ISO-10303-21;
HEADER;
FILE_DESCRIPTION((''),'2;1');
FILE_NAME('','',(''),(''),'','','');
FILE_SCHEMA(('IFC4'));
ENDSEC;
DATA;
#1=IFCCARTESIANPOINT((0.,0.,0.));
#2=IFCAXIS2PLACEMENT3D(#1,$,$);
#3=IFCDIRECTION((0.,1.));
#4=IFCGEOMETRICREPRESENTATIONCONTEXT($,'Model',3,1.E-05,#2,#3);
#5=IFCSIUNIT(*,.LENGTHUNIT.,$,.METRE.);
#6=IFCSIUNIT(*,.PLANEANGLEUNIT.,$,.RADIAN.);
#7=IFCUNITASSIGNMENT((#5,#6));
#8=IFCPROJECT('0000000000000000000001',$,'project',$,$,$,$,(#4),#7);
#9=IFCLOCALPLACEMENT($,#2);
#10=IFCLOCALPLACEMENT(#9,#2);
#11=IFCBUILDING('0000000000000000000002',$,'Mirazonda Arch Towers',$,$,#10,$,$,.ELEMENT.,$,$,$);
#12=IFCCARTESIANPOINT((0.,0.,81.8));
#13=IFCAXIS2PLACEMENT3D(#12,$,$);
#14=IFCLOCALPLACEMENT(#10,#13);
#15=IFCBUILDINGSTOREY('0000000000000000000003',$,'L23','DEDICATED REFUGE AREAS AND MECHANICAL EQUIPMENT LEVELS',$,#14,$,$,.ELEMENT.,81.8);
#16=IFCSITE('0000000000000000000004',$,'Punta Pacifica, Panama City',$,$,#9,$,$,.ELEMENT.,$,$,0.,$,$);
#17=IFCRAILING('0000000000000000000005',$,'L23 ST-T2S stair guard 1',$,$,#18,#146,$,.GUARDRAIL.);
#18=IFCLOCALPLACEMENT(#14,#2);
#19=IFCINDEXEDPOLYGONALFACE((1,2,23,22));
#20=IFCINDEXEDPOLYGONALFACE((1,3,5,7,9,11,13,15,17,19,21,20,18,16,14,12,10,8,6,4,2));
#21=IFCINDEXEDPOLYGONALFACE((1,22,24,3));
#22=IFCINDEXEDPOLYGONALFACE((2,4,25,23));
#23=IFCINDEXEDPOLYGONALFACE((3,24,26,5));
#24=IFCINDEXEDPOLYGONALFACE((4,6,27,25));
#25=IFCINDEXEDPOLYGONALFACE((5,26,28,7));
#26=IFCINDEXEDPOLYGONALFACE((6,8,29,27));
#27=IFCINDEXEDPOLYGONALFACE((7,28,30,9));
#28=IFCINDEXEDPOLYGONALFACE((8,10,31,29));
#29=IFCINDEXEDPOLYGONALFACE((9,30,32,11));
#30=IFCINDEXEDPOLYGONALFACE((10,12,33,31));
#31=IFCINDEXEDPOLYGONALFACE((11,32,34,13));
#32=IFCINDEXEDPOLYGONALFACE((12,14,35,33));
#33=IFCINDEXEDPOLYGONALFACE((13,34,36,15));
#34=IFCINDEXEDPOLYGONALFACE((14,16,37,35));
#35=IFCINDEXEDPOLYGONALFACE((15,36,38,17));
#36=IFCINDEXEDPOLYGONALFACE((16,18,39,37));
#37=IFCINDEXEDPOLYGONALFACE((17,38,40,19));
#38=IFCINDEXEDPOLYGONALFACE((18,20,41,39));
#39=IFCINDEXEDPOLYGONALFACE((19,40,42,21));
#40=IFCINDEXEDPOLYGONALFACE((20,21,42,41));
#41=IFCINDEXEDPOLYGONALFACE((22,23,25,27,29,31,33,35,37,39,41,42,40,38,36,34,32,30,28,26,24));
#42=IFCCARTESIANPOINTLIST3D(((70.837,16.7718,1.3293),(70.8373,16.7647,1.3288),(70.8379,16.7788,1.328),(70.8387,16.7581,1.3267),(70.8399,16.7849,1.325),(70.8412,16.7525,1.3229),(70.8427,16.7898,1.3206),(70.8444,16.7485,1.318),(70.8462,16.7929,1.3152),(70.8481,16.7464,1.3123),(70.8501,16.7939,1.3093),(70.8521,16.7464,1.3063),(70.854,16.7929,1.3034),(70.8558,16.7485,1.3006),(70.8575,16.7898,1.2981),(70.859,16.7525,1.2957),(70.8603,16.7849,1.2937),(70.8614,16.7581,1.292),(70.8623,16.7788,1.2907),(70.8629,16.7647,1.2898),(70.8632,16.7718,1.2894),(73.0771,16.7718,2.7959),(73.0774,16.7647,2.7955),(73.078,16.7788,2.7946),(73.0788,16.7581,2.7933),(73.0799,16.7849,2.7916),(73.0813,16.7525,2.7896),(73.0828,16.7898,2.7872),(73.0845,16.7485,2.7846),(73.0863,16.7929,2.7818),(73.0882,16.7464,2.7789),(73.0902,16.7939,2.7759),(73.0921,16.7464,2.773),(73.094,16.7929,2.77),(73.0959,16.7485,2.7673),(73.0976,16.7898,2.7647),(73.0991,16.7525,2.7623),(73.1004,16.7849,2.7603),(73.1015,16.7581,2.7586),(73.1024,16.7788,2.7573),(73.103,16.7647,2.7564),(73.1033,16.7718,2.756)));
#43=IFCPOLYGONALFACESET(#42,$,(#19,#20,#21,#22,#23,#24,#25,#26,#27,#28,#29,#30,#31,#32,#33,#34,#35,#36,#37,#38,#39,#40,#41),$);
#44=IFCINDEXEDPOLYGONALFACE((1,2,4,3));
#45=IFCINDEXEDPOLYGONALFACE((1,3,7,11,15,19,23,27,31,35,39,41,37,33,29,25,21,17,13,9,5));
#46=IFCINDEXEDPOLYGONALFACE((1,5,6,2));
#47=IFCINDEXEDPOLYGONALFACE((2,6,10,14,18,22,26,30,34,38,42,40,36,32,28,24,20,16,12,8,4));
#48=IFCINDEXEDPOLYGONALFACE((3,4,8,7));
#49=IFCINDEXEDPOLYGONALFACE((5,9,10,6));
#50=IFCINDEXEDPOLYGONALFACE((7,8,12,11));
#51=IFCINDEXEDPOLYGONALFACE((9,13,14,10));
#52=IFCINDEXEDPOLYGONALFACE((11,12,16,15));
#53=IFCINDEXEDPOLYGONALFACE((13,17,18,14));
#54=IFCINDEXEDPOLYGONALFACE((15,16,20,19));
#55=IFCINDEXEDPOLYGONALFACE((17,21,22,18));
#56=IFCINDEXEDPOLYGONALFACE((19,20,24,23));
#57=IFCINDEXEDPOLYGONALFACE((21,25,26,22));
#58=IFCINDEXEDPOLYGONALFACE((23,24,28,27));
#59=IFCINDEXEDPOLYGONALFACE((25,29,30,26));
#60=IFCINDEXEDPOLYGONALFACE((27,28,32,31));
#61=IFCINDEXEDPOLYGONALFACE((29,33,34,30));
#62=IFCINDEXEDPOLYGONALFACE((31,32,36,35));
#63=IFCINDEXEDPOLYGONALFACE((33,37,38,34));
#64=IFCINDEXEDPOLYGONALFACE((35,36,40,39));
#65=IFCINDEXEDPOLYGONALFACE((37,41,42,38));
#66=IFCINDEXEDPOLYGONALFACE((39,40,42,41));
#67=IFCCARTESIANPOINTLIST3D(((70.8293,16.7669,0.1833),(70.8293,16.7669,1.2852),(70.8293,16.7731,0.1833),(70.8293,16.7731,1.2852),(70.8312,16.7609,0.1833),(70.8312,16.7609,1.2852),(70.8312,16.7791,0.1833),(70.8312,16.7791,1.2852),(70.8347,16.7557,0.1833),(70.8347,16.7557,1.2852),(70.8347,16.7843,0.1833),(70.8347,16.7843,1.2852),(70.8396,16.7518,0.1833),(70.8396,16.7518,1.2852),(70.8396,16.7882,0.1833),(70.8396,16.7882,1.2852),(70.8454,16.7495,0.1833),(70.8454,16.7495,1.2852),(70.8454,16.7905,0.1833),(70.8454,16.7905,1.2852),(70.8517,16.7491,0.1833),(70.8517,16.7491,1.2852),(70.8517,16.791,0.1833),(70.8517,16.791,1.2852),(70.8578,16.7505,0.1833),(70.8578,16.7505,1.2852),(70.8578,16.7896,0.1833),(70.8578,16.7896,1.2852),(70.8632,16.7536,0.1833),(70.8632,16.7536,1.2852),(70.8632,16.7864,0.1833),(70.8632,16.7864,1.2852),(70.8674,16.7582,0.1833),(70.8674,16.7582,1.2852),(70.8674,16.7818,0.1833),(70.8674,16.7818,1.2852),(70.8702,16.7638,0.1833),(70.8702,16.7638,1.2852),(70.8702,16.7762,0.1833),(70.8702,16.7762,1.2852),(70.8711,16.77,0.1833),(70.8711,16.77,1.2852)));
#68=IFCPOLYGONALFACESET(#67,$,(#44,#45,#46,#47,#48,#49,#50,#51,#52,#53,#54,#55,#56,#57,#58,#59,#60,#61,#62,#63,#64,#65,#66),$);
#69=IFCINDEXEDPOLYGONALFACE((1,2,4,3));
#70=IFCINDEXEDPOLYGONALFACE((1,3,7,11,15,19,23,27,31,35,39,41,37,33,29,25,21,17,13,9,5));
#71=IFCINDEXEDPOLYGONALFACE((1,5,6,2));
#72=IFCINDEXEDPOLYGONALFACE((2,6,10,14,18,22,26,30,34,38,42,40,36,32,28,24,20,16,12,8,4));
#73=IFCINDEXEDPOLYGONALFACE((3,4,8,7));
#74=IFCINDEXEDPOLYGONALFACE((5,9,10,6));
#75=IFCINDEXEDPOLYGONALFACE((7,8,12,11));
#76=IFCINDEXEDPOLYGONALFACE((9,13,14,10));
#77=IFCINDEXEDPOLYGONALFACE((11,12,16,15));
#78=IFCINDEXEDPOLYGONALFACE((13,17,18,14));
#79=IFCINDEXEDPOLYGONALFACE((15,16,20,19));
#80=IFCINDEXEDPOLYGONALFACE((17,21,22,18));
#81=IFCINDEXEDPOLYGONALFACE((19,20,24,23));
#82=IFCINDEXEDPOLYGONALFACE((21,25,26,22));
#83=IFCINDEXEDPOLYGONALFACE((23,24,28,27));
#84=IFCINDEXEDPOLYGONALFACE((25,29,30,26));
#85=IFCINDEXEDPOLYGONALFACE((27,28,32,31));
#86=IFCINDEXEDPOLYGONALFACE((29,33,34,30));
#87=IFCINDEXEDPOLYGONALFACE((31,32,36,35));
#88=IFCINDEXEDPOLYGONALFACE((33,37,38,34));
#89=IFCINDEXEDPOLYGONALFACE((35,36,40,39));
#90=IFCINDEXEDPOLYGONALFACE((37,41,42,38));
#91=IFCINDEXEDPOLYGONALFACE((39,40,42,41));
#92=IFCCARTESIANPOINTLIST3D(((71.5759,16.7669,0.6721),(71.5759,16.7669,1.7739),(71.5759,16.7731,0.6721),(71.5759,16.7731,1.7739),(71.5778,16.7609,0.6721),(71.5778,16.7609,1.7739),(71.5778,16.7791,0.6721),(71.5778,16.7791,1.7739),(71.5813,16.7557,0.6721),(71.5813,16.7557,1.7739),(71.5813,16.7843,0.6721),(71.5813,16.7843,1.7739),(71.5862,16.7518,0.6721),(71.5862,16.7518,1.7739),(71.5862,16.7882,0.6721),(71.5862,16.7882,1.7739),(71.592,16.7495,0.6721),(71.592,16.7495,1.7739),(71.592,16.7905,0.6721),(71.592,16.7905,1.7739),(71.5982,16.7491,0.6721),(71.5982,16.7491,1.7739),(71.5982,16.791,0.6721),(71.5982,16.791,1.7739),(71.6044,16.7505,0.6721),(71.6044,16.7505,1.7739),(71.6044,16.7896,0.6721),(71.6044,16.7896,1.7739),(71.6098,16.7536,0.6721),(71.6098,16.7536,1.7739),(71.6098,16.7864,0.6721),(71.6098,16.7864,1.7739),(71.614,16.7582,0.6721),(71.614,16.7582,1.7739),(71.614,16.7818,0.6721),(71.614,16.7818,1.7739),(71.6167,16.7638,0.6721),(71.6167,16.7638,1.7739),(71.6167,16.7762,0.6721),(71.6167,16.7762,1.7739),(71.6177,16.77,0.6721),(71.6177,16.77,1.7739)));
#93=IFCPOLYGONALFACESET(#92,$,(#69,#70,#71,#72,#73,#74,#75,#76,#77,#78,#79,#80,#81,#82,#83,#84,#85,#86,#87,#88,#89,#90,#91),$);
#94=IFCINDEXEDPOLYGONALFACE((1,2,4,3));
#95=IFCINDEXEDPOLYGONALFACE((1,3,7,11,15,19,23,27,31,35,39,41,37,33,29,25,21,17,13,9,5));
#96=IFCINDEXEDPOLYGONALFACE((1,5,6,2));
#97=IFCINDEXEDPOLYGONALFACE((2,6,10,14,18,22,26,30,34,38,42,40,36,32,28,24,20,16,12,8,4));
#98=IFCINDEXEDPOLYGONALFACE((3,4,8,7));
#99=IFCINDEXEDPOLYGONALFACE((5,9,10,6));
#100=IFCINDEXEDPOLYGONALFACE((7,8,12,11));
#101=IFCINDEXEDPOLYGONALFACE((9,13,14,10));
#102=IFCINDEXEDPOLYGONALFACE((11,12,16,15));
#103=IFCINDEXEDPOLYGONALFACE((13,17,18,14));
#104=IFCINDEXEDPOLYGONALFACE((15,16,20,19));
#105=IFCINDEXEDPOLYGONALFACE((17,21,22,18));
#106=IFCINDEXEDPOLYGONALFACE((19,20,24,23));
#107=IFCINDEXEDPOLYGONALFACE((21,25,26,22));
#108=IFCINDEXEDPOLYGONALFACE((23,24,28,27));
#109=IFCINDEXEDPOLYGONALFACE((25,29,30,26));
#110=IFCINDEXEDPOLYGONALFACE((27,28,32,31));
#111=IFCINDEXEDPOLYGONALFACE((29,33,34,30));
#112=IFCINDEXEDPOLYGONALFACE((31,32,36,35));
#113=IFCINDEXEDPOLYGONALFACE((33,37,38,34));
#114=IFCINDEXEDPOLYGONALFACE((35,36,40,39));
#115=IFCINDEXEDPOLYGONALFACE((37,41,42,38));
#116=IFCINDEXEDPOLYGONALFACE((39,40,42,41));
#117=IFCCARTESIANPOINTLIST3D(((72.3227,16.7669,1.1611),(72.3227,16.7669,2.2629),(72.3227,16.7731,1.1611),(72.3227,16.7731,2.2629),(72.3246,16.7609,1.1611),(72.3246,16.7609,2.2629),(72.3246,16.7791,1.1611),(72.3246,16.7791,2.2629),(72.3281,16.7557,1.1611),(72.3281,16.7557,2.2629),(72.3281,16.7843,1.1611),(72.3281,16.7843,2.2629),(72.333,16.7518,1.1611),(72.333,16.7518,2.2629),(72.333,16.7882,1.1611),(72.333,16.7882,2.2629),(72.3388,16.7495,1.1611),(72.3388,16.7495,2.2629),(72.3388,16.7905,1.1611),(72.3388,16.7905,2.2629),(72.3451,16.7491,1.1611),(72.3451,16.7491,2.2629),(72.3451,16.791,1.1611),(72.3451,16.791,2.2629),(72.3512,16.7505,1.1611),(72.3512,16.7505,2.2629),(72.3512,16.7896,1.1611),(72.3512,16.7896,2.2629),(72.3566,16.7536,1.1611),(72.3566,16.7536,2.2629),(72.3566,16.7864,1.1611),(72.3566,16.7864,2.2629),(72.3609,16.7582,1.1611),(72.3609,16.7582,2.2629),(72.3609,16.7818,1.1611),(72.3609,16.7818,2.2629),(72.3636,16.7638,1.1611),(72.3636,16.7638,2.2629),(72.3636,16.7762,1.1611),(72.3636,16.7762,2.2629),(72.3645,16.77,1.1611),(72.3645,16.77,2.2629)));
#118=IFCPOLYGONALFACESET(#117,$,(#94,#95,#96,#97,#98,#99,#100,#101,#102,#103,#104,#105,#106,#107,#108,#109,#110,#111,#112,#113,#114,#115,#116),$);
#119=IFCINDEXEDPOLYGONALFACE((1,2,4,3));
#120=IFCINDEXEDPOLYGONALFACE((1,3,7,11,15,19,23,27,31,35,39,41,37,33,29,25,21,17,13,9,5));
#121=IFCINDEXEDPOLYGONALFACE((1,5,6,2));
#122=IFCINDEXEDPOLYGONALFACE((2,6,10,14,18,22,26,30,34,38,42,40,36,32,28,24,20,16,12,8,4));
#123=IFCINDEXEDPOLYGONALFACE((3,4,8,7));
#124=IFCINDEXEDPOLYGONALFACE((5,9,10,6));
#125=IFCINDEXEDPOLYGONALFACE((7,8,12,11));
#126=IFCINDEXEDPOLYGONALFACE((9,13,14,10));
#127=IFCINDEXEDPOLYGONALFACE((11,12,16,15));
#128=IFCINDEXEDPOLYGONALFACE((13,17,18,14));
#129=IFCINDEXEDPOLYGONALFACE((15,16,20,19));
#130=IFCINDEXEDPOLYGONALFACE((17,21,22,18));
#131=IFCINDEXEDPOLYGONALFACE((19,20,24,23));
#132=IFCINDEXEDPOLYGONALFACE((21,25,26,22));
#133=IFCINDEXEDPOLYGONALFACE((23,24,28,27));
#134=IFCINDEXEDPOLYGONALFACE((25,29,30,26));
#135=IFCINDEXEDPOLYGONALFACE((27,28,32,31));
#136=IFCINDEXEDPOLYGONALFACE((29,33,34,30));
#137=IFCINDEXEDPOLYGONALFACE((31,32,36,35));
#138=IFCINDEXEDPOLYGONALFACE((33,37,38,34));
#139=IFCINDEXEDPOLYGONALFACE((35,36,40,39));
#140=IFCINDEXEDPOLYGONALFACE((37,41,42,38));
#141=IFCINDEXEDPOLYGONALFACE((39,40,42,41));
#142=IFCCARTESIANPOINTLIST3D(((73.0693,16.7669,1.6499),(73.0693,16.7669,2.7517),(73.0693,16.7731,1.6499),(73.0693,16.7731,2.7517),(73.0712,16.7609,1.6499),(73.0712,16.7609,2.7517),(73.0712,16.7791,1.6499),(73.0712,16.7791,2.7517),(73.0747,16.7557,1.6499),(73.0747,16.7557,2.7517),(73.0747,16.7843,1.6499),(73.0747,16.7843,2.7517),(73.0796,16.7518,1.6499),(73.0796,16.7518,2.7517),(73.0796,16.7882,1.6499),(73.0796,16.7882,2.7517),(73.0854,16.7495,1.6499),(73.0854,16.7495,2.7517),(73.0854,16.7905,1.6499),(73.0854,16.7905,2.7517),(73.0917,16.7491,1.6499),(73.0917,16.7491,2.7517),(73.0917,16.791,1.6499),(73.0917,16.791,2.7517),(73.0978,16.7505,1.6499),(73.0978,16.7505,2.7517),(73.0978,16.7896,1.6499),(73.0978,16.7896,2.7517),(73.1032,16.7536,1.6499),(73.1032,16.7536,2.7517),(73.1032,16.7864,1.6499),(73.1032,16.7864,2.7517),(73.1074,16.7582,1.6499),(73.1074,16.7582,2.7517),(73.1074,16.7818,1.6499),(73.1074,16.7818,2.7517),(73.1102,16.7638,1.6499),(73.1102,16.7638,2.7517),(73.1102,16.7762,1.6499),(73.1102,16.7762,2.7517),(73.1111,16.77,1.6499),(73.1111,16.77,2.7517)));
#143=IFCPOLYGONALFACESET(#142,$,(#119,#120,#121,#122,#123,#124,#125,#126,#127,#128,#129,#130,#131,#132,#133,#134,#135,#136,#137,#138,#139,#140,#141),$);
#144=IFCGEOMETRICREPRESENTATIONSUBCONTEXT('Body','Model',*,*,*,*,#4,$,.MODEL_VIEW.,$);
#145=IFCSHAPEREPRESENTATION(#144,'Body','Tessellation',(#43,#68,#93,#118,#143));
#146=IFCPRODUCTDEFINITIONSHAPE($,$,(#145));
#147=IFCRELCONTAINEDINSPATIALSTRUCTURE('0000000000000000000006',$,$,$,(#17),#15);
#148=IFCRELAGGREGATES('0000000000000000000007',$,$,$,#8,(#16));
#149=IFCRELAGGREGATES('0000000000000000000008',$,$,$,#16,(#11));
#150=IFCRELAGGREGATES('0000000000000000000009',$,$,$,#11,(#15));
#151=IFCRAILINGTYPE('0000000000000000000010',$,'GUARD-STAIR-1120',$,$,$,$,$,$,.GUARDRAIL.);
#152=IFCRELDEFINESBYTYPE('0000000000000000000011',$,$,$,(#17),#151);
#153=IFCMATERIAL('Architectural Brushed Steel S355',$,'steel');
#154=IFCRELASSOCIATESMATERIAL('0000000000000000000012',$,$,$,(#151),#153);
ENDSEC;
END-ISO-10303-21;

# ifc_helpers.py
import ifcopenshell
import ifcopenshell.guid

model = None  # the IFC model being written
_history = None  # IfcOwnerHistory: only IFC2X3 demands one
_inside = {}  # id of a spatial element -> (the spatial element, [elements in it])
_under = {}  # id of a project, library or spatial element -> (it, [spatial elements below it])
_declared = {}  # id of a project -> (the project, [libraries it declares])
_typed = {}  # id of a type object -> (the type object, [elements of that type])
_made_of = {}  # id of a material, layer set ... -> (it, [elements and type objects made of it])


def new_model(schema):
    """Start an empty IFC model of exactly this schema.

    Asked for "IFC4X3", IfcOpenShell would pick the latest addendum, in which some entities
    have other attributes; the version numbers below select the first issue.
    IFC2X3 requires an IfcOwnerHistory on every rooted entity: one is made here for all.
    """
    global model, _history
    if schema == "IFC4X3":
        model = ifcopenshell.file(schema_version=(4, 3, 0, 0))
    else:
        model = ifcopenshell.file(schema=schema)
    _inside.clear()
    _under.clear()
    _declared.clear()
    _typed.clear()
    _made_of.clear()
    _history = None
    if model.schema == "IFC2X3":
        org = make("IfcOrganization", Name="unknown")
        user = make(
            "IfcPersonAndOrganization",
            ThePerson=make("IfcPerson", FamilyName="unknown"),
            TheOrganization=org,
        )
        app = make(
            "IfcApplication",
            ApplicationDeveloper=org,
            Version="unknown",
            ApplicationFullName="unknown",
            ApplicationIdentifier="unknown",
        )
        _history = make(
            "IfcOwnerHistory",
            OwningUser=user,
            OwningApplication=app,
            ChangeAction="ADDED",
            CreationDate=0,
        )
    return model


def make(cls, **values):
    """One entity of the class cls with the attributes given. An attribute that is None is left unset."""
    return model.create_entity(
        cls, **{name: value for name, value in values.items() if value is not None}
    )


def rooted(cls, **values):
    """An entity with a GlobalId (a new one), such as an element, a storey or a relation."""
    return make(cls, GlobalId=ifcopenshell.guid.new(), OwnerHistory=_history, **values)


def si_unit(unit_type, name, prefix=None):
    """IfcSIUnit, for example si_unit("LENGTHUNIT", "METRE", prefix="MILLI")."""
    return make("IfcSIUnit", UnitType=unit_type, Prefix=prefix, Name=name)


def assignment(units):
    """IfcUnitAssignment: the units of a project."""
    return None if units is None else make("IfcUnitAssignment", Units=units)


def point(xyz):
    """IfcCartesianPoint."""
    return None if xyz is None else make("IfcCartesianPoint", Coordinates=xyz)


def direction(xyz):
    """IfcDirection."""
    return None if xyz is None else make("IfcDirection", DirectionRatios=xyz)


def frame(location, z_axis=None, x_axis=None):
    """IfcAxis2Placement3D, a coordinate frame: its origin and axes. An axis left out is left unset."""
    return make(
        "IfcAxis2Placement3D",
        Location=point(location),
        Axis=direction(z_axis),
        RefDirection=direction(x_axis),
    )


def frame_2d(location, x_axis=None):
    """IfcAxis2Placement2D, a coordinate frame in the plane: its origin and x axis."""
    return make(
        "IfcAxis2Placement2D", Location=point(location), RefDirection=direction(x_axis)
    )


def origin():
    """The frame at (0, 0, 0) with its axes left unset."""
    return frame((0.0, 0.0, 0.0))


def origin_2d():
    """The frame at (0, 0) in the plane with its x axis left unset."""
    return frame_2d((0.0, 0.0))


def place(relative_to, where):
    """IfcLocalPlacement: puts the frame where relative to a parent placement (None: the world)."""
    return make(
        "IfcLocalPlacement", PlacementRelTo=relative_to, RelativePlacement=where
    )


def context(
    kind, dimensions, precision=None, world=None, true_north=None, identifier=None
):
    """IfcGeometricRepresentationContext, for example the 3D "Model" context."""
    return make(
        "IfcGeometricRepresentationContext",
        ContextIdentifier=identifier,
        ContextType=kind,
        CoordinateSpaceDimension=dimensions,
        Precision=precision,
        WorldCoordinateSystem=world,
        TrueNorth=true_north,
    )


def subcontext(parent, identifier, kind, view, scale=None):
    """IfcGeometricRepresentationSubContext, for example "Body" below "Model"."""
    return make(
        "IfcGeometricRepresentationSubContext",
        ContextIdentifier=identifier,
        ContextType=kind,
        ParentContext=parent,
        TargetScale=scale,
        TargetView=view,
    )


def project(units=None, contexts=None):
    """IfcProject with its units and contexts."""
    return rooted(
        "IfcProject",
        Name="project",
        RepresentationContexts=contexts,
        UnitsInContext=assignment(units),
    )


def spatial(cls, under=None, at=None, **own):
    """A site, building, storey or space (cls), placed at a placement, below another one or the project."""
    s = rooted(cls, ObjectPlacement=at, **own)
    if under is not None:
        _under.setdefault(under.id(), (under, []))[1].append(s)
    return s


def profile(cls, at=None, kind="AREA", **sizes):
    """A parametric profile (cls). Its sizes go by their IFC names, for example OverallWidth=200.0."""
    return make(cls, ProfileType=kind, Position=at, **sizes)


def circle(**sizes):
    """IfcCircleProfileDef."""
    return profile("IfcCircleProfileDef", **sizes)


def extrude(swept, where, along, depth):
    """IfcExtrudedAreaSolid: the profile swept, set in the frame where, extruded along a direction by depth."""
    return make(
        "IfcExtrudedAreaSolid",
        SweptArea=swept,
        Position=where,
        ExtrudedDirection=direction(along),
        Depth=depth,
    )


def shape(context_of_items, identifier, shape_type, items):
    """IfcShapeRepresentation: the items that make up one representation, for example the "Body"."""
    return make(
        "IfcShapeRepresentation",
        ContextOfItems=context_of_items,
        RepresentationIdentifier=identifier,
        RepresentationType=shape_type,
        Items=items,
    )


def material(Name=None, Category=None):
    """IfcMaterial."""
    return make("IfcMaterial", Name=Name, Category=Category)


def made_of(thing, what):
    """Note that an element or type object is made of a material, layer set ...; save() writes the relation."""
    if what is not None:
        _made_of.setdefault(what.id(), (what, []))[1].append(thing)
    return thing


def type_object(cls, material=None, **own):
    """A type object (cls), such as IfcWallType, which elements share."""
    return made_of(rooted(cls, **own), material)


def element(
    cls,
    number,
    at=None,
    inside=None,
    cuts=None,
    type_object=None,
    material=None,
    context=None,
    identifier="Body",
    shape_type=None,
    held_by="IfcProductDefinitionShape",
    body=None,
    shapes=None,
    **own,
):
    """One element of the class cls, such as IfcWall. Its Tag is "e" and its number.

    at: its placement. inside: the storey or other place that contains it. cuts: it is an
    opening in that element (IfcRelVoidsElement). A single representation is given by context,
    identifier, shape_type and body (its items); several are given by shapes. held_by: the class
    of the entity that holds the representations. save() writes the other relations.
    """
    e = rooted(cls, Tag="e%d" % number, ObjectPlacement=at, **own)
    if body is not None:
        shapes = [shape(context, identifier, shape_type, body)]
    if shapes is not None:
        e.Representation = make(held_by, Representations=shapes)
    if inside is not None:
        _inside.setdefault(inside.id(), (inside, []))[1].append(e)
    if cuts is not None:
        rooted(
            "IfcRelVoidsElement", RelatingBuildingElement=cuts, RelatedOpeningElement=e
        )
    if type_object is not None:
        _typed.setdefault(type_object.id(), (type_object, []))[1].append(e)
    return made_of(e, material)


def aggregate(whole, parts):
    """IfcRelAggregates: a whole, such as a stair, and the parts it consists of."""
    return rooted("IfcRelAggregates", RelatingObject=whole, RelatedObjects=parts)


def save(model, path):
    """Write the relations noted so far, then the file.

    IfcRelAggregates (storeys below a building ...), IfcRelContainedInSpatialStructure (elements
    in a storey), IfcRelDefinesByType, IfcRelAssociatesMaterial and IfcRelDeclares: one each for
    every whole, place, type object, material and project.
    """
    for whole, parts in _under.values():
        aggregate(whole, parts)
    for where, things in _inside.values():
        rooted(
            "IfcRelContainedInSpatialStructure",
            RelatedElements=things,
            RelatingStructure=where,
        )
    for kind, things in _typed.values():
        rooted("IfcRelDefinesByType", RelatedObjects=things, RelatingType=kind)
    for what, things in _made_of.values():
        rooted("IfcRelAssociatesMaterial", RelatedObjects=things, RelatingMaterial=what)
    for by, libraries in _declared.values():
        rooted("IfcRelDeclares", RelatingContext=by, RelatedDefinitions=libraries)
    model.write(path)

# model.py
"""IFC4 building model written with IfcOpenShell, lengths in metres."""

from ifc_helpers import new_model, si_unit, direction, frame, origin, origin_2d, place, context, subcontext, project, spatial, circle, extrude, material, type_object, element, save


model = new_model("IFC4")

# Units and contexts
model_context = context("Model", 3, precision=1e-05, world=origin(), true_north=direction((0.0, 1.0)))
body_context = subcontext(model_context, "Body", "Model", "MODEL_VIEW")
ifc_project = project(units=[si_unit("LENGTHUNIT", "METRE"), si_unit("PLANEANGLEUNIT", "RADIAN")], contexts=[model_context])

# Site, building, storey
site_placement = place(None, origin())
site = spatial("IfcSite", under=ifc_project, at=site_placement, Name="Punta Pacifica, Panama City", CompositionType="ELEMENT", RefElevation=0.0)
building_placement = place(site_placement, origin())
building = spatial("IfcBuilding", under=site, at=building_placement, Name="Mirazonda Arch Towers", CompositionType="ELEMENT")
storey_placement = place(building_placement, frame((0.0, 0.0, 81.8)))
storey = spatial("IfcBuildingStorey", under=building, at=storey_placement, Name="L23", Description="DEDICATED REFUGE AREAS AND MECHANICAL EQUIPMENT LEVELS", CompositionType="ELEMENT", Elevation=81.8)

# Shared definitions
ifc_material_1 = material(Name="Architectural Brushed Steel S355", Category="steel")

# Railing
railing_type_1 = type_object("IfcRailingType", Name="GUARD-STAIR-1120", PredefinedType="GUARDRAIL", material=ifc_material_1)
railing_1_placement = place(storey_placement, frame((70.8501, 16.77, 0.1833)))
element("IfcRailing", 1, at=railing_1_placement, inside=storey, type_object=railing_type_1, Name="L23 ST-T2S stair guard 1", PredefinedType="GUARDRAIL", context=body_context, shape_type="SweptSolid", body=[
    extrude(circle(Radius=0.0239, at=origin_2d()), frame((0.0, 0.0, 1.126), z_axis=(0.836637, 0.0, 0.547758), x_axis=(0.0, 1.0, 0.0)), (0.0, 0.0, 1.0), 2.6775),
    extrude(circle(Radius=0.021, at=origin_2d()), origin(), (0.0, 0.0, 1.0), 1.1018),
    extrude(circle(Radius=0.021, at=origin_2d()), frame((0.7466, 0.0, 0.4888)), (0.0, 0.0, 1.0), 1.1018),
    extrude(circle(Radius=0.021, at=origin_2d()), frame((1.4934, 0.0, 0.9778)), (0.0, 0.0, 1.0), 1.1018),
    extrude(circle(Radius=0.021, at=origin_2d()), frame((2.24, 0.0, 1.4666)), (0.0, 0.0, 1.0), 1.1018),
])

save(model, "model.ifc")
